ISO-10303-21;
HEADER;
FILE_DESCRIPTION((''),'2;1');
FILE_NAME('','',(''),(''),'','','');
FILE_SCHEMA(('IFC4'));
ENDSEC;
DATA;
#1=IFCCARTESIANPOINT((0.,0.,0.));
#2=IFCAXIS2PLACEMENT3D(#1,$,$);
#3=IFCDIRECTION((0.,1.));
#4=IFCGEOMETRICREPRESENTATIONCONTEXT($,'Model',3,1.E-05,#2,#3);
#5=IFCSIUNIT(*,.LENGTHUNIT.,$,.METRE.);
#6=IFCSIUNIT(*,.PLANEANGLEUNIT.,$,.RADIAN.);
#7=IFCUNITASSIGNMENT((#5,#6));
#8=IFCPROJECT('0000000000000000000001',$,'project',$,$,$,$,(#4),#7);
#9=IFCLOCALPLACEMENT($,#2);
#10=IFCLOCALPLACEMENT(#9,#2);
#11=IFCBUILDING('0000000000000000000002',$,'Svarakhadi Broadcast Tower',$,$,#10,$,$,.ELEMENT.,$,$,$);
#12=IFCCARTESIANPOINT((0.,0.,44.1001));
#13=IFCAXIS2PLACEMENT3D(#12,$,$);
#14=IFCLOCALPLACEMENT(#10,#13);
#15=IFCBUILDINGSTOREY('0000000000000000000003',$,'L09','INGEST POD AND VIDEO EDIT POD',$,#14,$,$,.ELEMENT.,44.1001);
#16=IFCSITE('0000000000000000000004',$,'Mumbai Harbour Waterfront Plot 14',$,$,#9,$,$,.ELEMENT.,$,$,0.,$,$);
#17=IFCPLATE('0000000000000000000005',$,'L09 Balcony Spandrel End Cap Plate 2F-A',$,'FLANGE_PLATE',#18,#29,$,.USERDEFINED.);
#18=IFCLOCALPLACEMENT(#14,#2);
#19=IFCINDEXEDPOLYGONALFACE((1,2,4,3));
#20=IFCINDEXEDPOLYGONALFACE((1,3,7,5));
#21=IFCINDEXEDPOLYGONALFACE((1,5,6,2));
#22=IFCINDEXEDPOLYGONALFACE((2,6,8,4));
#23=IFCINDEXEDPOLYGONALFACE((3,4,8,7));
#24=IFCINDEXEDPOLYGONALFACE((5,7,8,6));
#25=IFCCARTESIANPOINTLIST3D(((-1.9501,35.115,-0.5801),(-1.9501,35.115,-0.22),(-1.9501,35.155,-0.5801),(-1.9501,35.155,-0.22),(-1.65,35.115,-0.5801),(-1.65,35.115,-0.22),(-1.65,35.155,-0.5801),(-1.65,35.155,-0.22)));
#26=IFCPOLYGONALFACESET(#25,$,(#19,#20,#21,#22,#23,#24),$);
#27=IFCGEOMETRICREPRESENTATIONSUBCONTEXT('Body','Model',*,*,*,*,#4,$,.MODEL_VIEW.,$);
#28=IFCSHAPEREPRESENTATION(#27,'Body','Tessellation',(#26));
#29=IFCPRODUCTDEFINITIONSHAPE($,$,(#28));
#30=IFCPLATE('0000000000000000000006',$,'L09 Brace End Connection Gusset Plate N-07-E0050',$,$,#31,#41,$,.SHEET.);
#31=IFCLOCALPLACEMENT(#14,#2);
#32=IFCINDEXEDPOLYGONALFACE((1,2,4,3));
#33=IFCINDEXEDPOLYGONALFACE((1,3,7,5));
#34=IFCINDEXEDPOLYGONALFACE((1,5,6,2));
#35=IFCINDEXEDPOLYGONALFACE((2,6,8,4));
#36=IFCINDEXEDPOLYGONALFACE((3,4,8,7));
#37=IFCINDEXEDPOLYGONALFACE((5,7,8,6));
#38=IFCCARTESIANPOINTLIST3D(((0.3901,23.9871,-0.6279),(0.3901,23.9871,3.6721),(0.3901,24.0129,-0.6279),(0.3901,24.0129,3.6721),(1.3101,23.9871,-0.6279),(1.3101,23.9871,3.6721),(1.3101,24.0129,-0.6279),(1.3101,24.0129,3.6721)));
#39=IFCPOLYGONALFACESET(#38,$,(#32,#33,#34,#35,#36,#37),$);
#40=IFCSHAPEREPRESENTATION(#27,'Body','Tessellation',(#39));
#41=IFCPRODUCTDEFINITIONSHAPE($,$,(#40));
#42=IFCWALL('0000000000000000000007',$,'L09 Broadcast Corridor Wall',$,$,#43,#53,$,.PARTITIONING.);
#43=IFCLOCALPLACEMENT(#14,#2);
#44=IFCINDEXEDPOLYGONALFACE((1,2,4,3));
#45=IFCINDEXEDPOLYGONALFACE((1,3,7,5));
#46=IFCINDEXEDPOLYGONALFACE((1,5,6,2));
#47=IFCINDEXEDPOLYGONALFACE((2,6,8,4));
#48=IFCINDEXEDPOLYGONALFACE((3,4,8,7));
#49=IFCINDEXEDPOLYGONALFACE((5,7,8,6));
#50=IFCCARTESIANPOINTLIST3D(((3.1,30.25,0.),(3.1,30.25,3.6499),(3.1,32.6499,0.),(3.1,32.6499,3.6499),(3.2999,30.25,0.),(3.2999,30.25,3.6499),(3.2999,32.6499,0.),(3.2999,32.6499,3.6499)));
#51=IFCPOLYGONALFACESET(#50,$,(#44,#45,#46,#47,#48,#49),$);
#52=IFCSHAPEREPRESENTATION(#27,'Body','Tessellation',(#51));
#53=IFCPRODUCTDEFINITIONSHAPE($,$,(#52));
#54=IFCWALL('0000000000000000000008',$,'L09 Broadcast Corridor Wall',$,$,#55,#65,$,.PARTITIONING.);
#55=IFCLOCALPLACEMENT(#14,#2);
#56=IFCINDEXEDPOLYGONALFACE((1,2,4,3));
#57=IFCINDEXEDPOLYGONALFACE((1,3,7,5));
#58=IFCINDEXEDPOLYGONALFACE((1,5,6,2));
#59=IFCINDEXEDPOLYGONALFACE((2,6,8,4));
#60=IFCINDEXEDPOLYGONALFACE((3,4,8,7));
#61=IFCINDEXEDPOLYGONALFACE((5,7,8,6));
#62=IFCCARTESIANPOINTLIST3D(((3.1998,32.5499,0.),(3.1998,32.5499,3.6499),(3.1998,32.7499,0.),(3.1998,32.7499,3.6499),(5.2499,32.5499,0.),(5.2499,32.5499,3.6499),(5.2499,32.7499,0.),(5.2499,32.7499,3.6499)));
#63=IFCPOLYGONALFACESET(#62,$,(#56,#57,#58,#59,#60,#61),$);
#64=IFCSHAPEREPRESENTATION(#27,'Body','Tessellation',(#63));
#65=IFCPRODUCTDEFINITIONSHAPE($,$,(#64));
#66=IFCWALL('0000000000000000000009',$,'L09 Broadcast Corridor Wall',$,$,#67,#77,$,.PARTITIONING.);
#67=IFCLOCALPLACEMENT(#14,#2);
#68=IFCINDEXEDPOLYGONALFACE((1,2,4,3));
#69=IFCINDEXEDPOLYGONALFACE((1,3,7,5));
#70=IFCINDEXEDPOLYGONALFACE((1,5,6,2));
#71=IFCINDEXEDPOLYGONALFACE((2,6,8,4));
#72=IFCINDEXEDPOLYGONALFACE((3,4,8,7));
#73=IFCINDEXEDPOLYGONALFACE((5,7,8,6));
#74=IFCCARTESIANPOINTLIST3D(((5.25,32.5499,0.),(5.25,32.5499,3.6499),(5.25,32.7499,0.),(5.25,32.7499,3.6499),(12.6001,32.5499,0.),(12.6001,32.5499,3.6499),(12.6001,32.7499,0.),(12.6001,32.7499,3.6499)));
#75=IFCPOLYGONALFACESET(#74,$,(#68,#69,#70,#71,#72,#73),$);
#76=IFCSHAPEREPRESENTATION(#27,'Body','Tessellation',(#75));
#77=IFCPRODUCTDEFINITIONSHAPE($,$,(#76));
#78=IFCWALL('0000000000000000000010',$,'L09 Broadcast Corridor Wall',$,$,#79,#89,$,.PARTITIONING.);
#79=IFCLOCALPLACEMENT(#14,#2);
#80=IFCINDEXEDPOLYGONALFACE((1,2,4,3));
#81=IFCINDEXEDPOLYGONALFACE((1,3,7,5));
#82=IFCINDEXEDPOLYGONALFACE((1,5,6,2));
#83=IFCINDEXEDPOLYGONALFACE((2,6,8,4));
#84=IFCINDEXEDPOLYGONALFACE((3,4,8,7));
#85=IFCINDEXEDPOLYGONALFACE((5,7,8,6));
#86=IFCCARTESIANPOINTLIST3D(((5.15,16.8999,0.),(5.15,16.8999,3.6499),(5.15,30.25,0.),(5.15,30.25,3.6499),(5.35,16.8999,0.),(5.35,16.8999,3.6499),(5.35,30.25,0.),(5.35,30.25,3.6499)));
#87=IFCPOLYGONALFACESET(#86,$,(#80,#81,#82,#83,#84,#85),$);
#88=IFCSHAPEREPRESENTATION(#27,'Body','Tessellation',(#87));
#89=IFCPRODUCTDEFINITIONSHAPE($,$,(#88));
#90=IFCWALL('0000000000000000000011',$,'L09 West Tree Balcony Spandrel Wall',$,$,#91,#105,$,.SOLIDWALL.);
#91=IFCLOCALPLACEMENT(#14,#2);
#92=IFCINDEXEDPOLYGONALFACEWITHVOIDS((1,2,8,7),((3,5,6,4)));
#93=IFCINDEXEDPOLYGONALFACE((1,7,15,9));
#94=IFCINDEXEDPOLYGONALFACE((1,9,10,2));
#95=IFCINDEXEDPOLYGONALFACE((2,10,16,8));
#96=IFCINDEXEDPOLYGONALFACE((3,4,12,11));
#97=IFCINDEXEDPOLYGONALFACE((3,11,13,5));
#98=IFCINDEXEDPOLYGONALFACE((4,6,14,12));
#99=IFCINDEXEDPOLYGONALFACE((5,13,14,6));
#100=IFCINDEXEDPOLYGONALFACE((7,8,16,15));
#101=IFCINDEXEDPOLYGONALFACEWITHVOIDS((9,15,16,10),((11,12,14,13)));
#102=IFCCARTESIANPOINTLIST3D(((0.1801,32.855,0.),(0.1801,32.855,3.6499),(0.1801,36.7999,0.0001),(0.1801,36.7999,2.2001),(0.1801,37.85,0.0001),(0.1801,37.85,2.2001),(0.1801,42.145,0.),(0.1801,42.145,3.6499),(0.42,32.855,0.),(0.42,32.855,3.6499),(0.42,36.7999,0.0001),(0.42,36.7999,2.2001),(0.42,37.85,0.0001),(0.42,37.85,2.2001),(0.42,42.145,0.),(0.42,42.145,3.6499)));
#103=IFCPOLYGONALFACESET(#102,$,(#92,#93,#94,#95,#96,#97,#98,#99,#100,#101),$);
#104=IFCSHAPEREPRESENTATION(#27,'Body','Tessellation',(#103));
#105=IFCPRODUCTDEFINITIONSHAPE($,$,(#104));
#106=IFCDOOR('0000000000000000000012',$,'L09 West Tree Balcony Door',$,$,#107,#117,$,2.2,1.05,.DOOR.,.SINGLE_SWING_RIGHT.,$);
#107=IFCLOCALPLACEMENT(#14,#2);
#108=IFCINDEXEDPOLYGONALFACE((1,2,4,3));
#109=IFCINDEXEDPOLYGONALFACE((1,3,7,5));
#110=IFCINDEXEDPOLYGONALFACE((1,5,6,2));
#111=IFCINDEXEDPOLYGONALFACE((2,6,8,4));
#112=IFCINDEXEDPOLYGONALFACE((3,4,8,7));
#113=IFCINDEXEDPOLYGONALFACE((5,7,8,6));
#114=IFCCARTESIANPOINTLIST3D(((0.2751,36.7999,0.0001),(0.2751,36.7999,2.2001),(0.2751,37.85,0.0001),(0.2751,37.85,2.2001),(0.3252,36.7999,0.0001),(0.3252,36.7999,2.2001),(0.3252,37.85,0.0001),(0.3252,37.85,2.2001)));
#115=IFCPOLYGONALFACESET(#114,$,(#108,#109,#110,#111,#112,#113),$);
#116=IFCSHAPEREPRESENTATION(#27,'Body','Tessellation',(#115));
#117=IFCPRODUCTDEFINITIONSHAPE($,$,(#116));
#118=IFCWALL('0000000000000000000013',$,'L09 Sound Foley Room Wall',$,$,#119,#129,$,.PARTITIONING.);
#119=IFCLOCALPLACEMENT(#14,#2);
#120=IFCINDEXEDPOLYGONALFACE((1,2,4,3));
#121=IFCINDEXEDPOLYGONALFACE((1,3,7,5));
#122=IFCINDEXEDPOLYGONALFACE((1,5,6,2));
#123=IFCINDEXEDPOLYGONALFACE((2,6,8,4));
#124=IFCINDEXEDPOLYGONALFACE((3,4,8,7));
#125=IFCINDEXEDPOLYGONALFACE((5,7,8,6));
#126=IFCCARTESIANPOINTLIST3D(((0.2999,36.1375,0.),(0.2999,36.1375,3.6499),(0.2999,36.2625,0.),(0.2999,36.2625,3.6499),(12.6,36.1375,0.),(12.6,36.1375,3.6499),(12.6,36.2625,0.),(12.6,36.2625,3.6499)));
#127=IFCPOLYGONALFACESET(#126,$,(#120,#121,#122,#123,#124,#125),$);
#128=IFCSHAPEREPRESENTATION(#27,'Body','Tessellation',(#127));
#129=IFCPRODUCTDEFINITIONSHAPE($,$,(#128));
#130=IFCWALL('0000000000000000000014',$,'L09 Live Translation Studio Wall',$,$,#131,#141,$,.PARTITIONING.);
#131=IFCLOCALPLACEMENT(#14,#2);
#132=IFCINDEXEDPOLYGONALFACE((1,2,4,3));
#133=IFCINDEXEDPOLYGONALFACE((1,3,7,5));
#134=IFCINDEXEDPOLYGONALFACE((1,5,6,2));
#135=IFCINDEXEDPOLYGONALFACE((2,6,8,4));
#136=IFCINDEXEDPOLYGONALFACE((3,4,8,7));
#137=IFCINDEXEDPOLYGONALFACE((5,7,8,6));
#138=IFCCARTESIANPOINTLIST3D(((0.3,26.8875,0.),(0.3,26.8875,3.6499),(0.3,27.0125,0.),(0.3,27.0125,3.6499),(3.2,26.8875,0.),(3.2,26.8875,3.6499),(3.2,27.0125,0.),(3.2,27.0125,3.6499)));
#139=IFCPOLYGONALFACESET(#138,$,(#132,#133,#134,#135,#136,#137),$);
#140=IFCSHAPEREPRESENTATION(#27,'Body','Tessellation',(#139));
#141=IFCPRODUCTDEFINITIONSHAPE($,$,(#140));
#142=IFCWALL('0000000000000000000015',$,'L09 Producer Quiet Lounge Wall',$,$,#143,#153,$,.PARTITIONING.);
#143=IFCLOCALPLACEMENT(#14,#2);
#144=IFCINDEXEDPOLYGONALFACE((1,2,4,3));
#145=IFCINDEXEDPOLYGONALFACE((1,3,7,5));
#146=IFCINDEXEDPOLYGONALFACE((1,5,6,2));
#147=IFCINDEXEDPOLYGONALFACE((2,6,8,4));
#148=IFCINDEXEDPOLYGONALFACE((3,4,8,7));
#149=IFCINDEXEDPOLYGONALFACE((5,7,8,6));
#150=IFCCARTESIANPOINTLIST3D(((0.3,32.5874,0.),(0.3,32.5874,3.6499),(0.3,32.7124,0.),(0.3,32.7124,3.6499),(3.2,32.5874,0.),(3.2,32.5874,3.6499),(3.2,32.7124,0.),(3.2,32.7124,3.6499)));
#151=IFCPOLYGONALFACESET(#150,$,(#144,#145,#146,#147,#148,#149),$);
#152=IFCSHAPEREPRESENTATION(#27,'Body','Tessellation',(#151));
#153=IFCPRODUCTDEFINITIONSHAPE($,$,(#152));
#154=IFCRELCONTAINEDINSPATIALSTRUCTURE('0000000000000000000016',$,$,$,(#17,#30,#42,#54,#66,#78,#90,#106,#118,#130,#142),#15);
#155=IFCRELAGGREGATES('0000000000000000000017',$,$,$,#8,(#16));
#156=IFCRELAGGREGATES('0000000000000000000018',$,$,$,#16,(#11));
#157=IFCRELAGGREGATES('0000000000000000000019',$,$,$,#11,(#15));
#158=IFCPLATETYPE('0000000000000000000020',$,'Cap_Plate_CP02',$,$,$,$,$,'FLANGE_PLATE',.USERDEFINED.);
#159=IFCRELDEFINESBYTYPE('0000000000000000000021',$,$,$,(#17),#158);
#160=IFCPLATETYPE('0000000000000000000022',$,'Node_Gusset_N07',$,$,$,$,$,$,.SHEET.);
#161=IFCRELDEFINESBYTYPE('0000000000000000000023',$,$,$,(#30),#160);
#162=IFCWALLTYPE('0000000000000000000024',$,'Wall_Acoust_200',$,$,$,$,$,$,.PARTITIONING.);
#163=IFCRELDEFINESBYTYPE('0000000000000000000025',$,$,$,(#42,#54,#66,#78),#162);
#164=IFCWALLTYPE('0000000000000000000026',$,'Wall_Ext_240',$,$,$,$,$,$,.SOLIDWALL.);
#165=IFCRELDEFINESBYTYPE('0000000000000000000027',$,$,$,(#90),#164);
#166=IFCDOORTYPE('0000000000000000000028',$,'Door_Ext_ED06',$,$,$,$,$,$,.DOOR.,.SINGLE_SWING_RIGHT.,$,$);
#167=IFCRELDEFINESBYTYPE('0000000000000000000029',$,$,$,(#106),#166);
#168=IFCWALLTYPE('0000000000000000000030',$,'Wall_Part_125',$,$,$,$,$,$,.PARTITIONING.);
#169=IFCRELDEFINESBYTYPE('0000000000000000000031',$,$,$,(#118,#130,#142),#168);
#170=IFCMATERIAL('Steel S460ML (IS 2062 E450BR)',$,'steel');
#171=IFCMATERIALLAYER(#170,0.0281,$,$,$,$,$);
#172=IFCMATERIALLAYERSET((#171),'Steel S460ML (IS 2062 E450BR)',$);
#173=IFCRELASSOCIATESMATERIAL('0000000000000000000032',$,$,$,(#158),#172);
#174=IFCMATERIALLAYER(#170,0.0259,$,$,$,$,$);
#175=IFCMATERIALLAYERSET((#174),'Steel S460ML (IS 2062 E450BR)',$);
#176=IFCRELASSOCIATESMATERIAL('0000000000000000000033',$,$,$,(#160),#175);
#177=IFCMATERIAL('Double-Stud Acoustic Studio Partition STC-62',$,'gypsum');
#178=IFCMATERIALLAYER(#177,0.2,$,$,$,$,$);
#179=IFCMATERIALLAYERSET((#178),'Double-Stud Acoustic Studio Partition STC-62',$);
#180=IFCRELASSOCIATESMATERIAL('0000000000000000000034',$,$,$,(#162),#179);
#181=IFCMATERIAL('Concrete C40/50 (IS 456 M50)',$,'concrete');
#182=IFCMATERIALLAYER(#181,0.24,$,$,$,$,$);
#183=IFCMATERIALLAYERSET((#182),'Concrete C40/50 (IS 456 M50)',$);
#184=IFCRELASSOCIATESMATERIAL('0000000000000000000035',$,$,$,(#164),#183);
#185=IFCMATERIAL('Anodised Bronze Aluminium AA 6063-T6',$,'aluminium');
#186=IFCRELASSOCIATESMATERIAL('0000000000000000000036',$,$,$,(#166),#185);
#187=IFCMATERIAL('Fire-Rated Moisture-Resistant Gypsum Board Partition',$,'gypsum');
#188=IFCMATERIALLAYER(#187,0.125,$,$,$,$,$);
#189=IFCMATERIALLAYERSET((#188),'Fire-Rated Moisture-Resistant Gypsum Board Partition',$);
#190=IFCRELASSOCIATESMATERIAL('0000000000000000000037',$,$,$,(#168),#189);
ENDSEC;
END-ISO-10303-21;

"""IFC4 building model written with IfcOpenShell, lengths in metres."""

from ifc_helpers import new_model, si_unit, direction, frame, frame_2d, origin, origin_2d, place, context, subcontext, project, spatial, rectangle, extrude, material, layer, layer_set, type_object, element, fill, save


model = new_model("IFC4")

# Units and contexts
model_context = context("Model", 3, precision=1e-05, world=origin(), true_north=direction((0.0, 1.0)))
body_context = subcontext(model_context, "Body", "Model", "MODEL_VIEW")
ifc_project = project(units=[si_unit("LENGTHUNIT", "METRE"), si_unit("PLANEANGLEUNIT", "RADIAN")], contexts=[model_context])

# Site, building, storey
site_placement = place(None, origin())
site = spatial("IfcSite", under=ifc_project, at=site_placement, Name="Mumbai Harbour Waterfront Plot 14", CompositionType="ELEMENT", RefElevation=0.0)
building_placement = place(site_placement, origin())
building = spatial("IfcBuilding", under=site, at=building_placement, Name="Svarakhadi Broadcast Tower", CompositionType="ELEMENT")
storey_placement = place(building_placement, frame((0.0, 0.0, 44.1001)))
storey = spatial("IfcBuildingStorey", under=building, at=storey_placement, Name="L09", Description="INGEST POD AND VIDEO EDIT POD", CompositionType="ELEMENT", Elevation=44.1001)

# Shared definitions
ifc_material_1 = material(Name="Steel S460ML (IS 2062 E450BR)", Category="steel")

# Shared definitions
ifc_material_2 = material(Name="Anodised Bronze Aluminium AA 6063-T6", Category="aluminium")

# Plates
ifc_layer_1 = layer(ifc_material_1, 0.0281)
ifc_layer_set_1 = layer_set([ifc_layer_1], Name="Steel S460ML (IS 2062 E450BR)")
plate_type_1 = type_object("IfcPlateType", Name="Cap_Plate_CP02", ElementType="FLANGE_PLATE", PredefinedType="USERDEFINED", material=ifc_layer_set_1)
plate_1_placement = place(storey_placement, frame((-1.8, 35.135, -0.5801), z_axis=(0.0, 0.0, 1.0), x_axis=(1.0, 0.0, 0.0)))
element("IfcPlate", 1, at=plate_1_placement, inside=storey, type_object=plate_type_1, Name="L09 Balcony Spandrel End Cap Plate 2F-A", ObjectType="FLANGE_PLATE", PredefinedType="USERDEFINED", context=body_context, shape_type="SweptSolid", body=[
    extrude(rectangle(XDim=0.3, YDim=0.04, at=origin_2d()), origin(), (0.0, 0.0, 1.0), 0.3601),
])
ifc_layer_2 = layer(ifc_material_1, 0.0259)
ifc_layer_set_2 = layer_set([ifc_layer_2], Name="Steel S460ML (IS 2062 E450BR)")
plate_type_2 = type_object("IfcPlateType", Name="Node_Gusset_N07", PredefinedType="SHEET", material=ifc_layer_set_2)
plate_2_placement = place(storey_placement, frame((0.8501, 24.0, -0.6279), z_axis=(0.0, 0.0, 1.0), x_axis=(1.0, 0.0, 0.0)))
element("IfcPlate", 2, at=plate_2_placement, inside=storey, type_object=plate_type_2, Name="L09 Brace End Connection Gusset Plate N-07-E0050", PredefinedType="SHEET", context=body_context, shape_type="SweptSolid", body=[
    extrude(rectangle(XDim=0.9199, YDim=0.0259, at=origin_2d()), origin(), (0.0, 0.0, 1.0), 4.3),
])

# Walls
ifc_material_3 = material(Name="Double-Stud Acoustic Studio Partition STC-62", Category="gypsum")
ifc_layer_3 = layer(ifc_material_3, 0.2)
ifc_layer_set_3 = layer_set([ifc_layer_3], Name="Double-Stud Acoustic Studio Partition STC-62")
wall_type_1 = type_object("IfcWallType", Name="Wall_Acoust_200", PredefinedType="PARTITIONING", material=ifc_layer_set_3)
wall_1_placement = place(storey_placement, frame((3.2, 30.25, 0.0), z_axis=(0.0, 0.0, 1.0), x_axis=(0.0, 1.0, 0.0)))
element("IfcWall", 3, at=wall_1_placement, inside=storey, type_object=wall_type_1, Name="L09 Broadcast Corridor Wall", PredefinedType="PARTITIONING", context=body_context, shape_type="SweptSolid", body=[
    extrude(rectangle(XDim=2.3999, YDim=0.2, at=frame_2d((1.2, 0.0))), origin(), (0.0, 0.0, 1.0), 3.6499),
])
wall_2_placement = place(storey_placement, frame((3.2, 32.6499, 0.0), z_axis=(0.0, 0.0, 1.0), x_axis=(1.0, 0.0, 0.0)))
element("IfcWall", 4, at=wall_2_placement, inside=storey, type_object=wall_type_1, Name="L09 Broadcast Corridor Wall", PredefinedType="PARTITIONING", context=body_context, shape_type="SweptSolid", body=[
    extrude(rectangle(XDim=2.05, YDim=0.2, at=frame_2d((1.0249, 0.0))), origin(), (0.0, 0.0, 1.0), 3.6499),
])
wall_3_placement = place(storey_placement, frame((5.25, 32.6499, 0.0), z_axis=(0.0, 0.0, 1.0), x_axis=(1.0, 0.0, 0.0)))
element("IfcWall", 5, at=wall_3_placement, inside=storey, type_object=wall_type_1, Name="L09 Broadcast Corridor Wall", PredefinedType="PARTITIONING", context=body_context, shape_type="SweptSolid", body=[
    extrude(rectangle(XDim=7.3501, YDim=0.2, at=frame_2d((3.675, 0.0))), origin(), (0.0, 0.0, 1.0), 3.6499),
])
wall_4_placement = place(storey_placement, frame((5.25, 30.25, 0.0), z_axis=(0.0, 0.0, 1.0), x_axis=(0.0, -1.0, 0.0)))
element("IfcWall", 6, at=wall_4_placement, inside=storey, type_object=wall_type_1, Name="L09 Broadcast Corridor Wall", PredefinedType="PARTITIONING", context=body_context, shape_type="SweptSolid", body=[
    extrude(rectangle(XDim=13.3501, YDim=0.2, at=frame_2d((6.675, 0.0))), origin(), (0.0, 0.0, 1.0), 3.6499),
])

# Wall, opening, door
ifc_material_4 = material(Name="Concrete C40/50 (IS 456 M50)", Category="concrete")
ifc_layer_4 = layer(ifc_material_4, 0.24)
ifc_layer_set_4 = layer_set([ifc_layer_4], Name="Concrete C40/50 (IS 456 M50)")
wall_type_2 = type_object("IfcWallType", Name="Wall_Ext_240", PredefinedType="SOLIDWALL", material=ifc_layer_set_4)
wall_5_placement = place(storey_placement, frame((0.3, 32.855, 0.0), z_axis=(0.0, 0.0, 1.0), x_axis=(0.0, 1.0, 0.0)))
wall_5 = element("IfcWall", 7, at=wall_5_placement, inside=storey, type_object=wall_type_2, Name="L09 West Tree Balcony Spandrel Wall", PredefinedType="SOLIDWALL", context=body_context, shape_type="SweptSolid", body=[
    extrude(rectangle(XDim=9.29, YDim=0.24, at=frame_2d((4.645, 0.0))), origin(), (0.0, 0.0, 1.0), 3.6499),
])
opening_1_placement = place(wall_5_placement, frame((3.9451, 0.0, 0.0)))
opening_1 = element("IfcOpeningElement", 8, at=opening_1_placement, cuts=wall_5, PredefinedType="OPENING", context=body_context, shape_type="SweptSolid", body=[
    extrude(rectangle(XDim=1.05, YDim=2.2, at=frame_2d((0.5249, 1.1001))), frame((0.0, 0.1299, 0.0), z_axis=(0.0, -1.0, 0.0), x_axis=(1.0, 0.0, 0.0)), (0.0, 0.0, 1.0), 0.26),
])
door_type_1 = type_object("IfcDoorType", Name="Door_Ext_ED06", OperationType="SINGLE_SWING_RIGHT", PredefinedType="DOOR", material=ifc_material_2)
door_1_placement = place(opening_1_placement, origin())
door_1 = element("IfcDoor", 9, at=door_1_placement, inside=storey, type_object=door_type_1, Name="L09 West Tree Balcony Door", OperationType="SINGLE_SWING_RIGHT", OverallHeight=2.2, OverallWidth=1.05, PredefinedType="DOOR", context=body_context, shape_type="SweptSolid", body=[
    extrude(rectangle(XDim=1.05, YDim=2.2, at=frame_2d((0.5249, 1.1001))), frame((0.0, 0.0249, 0.0), z_axis=(0.0, -1.0, 0.0), x_axis=(1.0, 0.0, 0.0)), (0.0, 0.0, 1.0), 0.05),
])
fill(opening_1, door_1)

# Walls
ifc_material_5 = material(Name="Fire-Rated Moisture-Resistant Gypsum Board Partition", Category="gypsum")
ifc_layer_5 = layer(ifc_material_5, 0.125)
ifc_layer_set_5 = layer_set([ifc_layer_5], Name="Fire-Rated Moisture-Resistant Gypsum Board Partition")
wall_type_3 = type_object("IfcWallType", Name="Wall_Part_125", PredefinedType="PARTITIONING", material=ifc_layer_set_5)
wall_6_placement = place(storey_placement, frame((0.3, 36.2, 0.0), z_axis=(0.0, 0.0, 1.0), x_axis=(1.0, 0.0, 0.0)))
element("IfcWall", 10, at=wall_6_placement, inside=storey, type_object=wall_type_3, Name="L09 Sound Foley Room Wall", PredefinedType="PARTITIONING", context=body_context, shape_type="SweptSolid", body=[
    extrude(rectangle(XDim=12.3, YDim=0.125, at=frame_2d((6.1499, 0.0))), origin(), (0.0, 0.0, 1.0), 3.6499),
])
for number, where, z_axis, x_axis, name in (
    (11, (0.3, 26.95, 0.0), (0.0, 0.0, 1.0), (1.0, 0.0, 0.0), "L09 Live Translation Studio Wall"),
    (12, (0.3, 32.6499, 0.0), (0.0, 0.0, 1.0), (1.0, 0.0, 0.0), "L09 Producer Quiet Lounge Wall"),
):
    element("IfcWall", number, at=place(storey_placement, frame(where, z_axis=z_axis, x_axis=x_axis)), inside=storey, type_object=wall_type_3, Name=name, PredefinedType="PARTITIONING", context=body_context, shape_type="SweptSolid", body=[
        extrude(rectangle(XDim=2.8999, YDim=0.125, at=frame_2d((1.45, 0.0))), origin(), (0.0, 0.0, 1.0), 3.6499),
    ])

save(model, "model.ifc")
